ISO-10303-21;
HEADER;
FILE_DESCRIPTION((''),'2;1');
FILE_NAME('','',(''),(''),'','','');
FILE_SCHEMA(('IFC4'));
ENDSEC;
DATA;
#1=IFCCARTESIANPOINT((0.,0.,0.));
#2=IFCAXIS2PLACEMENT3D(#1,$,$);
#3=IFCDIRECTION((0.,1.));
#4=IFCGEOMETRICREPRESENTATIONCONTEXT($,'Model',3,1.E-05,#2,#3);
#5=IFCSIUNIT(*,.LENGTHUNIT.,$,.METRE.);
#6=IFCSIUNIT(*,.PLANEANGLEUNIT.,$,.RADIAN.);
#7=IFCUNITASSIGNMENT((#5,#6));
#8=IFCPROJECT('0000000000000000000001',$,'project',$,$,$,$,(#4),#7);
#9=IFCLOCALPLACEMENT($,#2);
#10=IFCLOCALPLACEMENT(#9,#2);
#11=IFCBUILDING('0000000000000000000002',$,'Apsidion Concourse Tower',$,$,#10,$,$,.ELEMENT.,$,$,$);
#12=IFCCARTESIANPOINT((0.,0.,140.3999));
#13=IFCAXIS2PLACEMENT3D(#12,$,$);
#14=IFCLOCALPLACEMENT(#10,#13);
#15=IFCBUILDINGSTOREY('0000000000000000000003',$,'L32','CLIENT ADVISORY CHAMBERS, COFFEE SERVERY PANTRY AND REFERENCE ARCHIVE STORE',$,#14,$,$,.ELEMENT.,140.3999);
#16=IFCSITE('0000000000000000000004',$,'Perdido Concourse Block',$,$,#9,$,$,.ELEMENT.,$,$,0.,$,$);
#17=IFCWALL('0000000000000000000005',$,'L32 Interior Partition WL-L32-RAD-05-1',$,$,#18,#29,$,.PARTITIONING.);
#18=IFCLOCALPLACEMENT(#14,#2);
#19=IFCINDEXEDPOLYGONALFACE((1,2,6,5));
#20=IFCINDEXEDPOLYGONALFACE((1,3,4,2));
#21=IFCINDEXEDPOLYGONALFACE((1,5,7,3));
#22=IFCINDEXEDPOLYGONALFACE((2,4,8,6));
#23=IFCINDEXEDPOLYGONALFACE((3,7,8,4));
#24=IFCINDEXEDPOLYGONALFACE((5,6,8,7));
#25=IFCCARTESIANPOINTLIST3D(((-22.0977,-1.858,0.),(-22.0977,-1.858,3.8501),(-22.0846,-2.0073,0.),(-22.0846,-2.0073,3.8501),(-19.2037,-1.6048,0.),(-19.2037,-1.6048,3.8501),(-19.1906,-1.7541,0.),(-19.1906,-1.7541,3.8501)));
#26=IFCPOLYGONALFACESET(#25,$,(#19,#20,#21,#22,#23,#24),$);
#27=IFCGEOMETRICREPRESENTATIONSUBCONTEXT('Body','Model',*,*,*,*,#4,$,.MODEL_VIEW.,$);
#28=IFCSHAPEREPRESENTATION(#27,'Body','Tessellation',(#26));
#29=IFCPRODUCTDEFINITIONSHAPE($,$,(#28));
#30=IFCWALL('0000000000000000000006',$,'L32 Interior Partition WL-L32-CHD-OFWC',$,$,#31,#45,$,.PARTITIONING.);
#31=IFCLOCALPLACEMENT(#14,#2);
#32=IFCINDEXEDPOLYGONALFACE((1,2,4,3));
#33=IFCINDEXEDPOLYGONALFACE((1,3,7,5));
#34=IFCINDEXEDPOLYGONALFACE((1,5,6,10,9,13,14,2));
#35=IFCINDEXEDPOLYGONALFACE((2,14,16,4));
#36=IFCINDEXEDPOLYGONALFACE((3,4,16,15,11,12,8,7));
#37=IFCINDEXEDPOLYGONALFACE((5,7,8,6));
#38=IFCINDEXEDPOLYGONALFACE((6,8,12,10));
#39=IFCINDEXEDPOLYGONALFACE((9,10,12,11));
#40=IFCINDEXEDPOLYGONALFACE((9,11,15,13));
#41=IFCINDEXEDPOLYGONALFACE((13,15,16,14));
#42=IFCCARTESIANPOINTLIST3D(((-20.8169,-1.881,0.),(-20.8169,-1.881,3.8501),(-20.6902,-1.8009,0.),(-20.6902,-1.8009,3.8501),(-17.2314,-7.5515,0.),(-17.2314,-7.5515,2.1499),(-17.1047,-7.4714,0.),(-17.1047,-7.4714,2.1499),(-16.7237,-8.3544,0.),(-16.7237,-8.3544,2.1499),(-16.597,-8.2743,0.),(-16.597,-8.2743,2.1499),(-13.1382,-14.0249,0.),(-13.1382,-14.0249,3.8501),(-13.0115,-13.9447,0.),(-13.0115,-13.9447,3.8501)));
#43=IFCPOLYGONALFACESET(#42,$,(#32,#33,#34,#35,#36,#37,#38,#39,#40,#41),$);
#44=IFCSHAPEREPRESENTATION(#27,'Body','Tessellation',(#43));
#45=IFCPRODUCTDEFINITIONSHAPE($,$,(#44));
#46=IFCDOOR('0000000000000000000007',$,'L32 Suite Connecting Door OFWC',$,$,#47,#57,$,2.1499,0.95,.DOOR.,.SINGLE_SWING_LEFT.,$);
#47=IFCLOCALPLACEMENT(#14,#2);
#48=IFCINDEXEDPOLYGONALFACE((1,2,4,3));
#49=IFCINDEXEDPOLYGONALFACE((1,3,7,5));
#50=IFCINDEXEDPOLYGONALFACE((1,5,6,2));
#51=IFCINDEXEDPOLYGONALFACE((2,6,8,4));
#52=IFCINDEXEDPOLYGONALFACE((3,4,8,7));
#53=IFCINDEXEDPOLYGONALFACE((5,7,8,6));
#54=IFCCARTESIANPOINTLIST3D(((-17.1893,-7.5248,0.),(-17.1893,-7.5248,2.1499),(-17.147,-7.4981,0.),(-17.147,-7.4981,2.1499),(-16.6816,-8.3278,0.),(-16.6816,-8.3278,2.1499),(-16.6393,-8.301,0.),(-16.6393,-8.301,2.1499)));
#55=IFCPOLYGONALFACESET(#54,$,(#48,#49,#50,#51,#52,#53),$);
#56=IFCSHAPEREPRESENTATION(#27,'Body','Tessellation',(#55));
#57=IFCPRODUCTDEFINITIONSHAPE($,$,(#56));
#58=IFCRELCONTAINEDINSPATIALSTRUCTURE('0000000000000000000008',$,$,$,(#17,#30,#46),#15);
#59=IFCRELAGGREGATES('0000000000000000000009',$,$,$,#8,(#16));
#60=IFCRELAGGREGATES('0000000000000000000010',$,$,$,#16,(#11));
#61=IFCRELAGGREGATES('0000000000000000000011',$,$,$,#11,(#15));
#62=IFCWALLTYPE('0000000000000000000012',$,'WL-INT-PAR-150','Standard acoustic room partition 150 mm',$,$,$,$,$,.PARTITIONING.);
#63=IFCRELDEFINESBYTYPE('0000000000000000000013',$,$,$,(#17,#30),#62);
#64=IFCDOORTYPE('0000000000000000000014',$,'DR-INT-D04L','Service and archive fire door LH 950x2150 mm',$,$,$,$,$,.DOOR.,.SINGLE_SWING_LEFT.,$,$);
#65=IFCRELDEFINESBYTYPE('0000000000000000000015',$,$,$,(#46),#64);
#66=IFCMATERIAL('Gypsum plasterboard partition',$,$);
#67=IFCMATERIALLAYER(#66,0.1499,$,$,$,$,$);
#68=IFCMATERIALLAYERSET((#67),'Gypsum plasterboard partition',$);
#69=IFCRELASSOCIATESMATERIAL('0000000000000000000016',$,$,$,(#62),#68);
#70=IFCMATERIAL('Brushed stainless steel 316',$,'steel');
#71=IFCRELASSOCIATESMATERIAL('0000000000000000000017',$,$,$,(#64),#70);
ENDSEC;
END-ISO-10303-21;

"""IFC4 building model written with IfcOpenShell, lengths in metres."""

from ifc_helpers import new_model, si_unit, direction, frame, frame_2d, origin, place, context, subcontext, project, spatial, rectangle, extrude, material, layer, layer_set, type_object, element, fill, save


model = new_model("IFC4")

# Units and contexts
model_context = context("Model", 3, precision=1e-05, world=origin(), true_north=direction((0.0, 1.0)))
body_context = subcontext(model_context, "Body", "Model", "MODEL_VIEW")
ifc_project = project(units=[si_unit("LENGTHUNIT", "METRE"), si_unit("PLANEANGLEUNIT", "RADIAN")], contexts=[model_context])

# Site, building, storey
site_placement = place(None, origin())
site = spatial("IfcSite", under=ifc_project, at=site_placement, Name="Perdido Concourse Block", CompositionType="ELEMENT", RefElevation=0.0)
building_placement = place(site_placement, origin())
building = spatial("IfcBuilding", under=site, at=building_placement, Name="Apsidion Concourse Tower", CompositionType="ELEMENT")
storey_placement = place(building_placement, frame((0.0, 0.0, 140.3999)))
storey = spatial("IfcBuildingStorey", under=building, at=storey_placement, Name="L32", Description="CLIENT ADVISORY CHAMBERS, COFFEE SERVERY PANTRY AND REFERENCE ARCHIVE STORE", CompositionType="ELEMENT", Elevation=140.3999)

# Shared definitions
ifc_material_1 = material(Name="Gypsum plasterboard partition")

# Wall
ifc_layer_1 = layer(ifc_material_1, 0.1499)
ifc_layer_set_1 = layer_set([ifc_layer_1], Name="Gypsum plasterboard partition")
wall_type_1 = type_object("IfcWallType", Name="WL-INT-PAR-150", Description="Standard acoustic room partition 150 mm", PredefinedType="PARTITIONING", material=ifc_layer_set_1)
wall_1_placement = place(storey_placement, frame((-19.197, -1.6794, 0.0), z_axis=(0.0, 0.0, 1.0), x_axis=(-0.996195, -0.087148, 0.0)))
element("IfcWall", 1, at=wall_1_placement, inside=storey, type_object=wall_type_1, Name="L32 Interior Partition WL-L32-RAD-05-1", PredefinedType="PARTITIONING", context=body_context, shape_type="SweptSolid", body=[
    extrude(rectangle(XDim=2.905, YDim=0.1499, at=frame_2d((1.4526, 0.0))), origin(), (0.0, 0.0, 1.0), 3.8501),
])

# Wall, opening, door
wall_2_placement = place(storey_placement, frame((-20.7537, -1.8408, 0.0), z_axis=(0.0, 0.0, 1.0), x_axis=(0.534438, -0.845208, 0.0)))
wall_2 = element("IfcWall", 2, at=wall_2_placement, inside=storey, type_object=wall_type_1, Name="L32 Interior Partition WL-L32-CHD-OFWC", PredefinedType="PARTITIONING", context=body_context, shape_type="SweptSolid", body=[
    extrude(rectangle(XDim=14.3679, YDim=0.1499, at=frame_2d((7.1841, 0.0))), origin(), (0.0, 0.0, 1.0), 3.8501),
])
opening_1_placement = place(wall_2_placement, frame((6.709, 0.0, 0.0)))
opening_1 = element("IfcOpeningElement", 3, at=opening_1_placement, cuts=wall_2, PredefinedType="OPENING", context=body_context, shape_type="SweptSolid", body=[
    extrude(rectangle(XDim=0.95, YDim=2.1499, at=frame_2d((0.4751, 1.075))), frame((0.0, 0.085, 0.0), z_axis=(0.0, -1.0, 0.0), x_axis=(1.0, 0.0, 0.0)), (0.0, 0.0, 1.0), 0.1699),
])
ifc_material_2 = material(Name="Brushed stainless steel 316", Category="steel")
door_type_1 = type_object("IfcDoorType", Name="DR-INT-D04L", Description="Service and archive fire door LH 950x2150 mm", OperationType="SINGLE_SWING_LEFT", PredefinedType="DOOR", material=ifc_material_2)
door_1_placement = place(opening_1_placement, origin())
door_1 = element("IfcDoor", 4, at=door_1_placement, inside=storey, type_object=door_type_1, Name="L32 Suite Connecting Door OFWC", OperationType="SINGLE_SWING_LEFT", OverallHeight=2.1499, OverallWidth=0.95, PredefinedType="DOOR", context=body_context, shape_type="SweptSolid", body=[
    extrude(rectangle(XDim=0.95, YDim=2.1499, at=frame_2d((0.4751, 1.075))), frame((0.0, 0.0249, 0.0), z_axis=(0.0, -1.0, 0.0), x_axis=(1.0, 0.0, 0.0)), (0.0, 0.0, 1.0), 0.05),
])
fill(opening_1, door_1)

save(model, "model.ifc")
